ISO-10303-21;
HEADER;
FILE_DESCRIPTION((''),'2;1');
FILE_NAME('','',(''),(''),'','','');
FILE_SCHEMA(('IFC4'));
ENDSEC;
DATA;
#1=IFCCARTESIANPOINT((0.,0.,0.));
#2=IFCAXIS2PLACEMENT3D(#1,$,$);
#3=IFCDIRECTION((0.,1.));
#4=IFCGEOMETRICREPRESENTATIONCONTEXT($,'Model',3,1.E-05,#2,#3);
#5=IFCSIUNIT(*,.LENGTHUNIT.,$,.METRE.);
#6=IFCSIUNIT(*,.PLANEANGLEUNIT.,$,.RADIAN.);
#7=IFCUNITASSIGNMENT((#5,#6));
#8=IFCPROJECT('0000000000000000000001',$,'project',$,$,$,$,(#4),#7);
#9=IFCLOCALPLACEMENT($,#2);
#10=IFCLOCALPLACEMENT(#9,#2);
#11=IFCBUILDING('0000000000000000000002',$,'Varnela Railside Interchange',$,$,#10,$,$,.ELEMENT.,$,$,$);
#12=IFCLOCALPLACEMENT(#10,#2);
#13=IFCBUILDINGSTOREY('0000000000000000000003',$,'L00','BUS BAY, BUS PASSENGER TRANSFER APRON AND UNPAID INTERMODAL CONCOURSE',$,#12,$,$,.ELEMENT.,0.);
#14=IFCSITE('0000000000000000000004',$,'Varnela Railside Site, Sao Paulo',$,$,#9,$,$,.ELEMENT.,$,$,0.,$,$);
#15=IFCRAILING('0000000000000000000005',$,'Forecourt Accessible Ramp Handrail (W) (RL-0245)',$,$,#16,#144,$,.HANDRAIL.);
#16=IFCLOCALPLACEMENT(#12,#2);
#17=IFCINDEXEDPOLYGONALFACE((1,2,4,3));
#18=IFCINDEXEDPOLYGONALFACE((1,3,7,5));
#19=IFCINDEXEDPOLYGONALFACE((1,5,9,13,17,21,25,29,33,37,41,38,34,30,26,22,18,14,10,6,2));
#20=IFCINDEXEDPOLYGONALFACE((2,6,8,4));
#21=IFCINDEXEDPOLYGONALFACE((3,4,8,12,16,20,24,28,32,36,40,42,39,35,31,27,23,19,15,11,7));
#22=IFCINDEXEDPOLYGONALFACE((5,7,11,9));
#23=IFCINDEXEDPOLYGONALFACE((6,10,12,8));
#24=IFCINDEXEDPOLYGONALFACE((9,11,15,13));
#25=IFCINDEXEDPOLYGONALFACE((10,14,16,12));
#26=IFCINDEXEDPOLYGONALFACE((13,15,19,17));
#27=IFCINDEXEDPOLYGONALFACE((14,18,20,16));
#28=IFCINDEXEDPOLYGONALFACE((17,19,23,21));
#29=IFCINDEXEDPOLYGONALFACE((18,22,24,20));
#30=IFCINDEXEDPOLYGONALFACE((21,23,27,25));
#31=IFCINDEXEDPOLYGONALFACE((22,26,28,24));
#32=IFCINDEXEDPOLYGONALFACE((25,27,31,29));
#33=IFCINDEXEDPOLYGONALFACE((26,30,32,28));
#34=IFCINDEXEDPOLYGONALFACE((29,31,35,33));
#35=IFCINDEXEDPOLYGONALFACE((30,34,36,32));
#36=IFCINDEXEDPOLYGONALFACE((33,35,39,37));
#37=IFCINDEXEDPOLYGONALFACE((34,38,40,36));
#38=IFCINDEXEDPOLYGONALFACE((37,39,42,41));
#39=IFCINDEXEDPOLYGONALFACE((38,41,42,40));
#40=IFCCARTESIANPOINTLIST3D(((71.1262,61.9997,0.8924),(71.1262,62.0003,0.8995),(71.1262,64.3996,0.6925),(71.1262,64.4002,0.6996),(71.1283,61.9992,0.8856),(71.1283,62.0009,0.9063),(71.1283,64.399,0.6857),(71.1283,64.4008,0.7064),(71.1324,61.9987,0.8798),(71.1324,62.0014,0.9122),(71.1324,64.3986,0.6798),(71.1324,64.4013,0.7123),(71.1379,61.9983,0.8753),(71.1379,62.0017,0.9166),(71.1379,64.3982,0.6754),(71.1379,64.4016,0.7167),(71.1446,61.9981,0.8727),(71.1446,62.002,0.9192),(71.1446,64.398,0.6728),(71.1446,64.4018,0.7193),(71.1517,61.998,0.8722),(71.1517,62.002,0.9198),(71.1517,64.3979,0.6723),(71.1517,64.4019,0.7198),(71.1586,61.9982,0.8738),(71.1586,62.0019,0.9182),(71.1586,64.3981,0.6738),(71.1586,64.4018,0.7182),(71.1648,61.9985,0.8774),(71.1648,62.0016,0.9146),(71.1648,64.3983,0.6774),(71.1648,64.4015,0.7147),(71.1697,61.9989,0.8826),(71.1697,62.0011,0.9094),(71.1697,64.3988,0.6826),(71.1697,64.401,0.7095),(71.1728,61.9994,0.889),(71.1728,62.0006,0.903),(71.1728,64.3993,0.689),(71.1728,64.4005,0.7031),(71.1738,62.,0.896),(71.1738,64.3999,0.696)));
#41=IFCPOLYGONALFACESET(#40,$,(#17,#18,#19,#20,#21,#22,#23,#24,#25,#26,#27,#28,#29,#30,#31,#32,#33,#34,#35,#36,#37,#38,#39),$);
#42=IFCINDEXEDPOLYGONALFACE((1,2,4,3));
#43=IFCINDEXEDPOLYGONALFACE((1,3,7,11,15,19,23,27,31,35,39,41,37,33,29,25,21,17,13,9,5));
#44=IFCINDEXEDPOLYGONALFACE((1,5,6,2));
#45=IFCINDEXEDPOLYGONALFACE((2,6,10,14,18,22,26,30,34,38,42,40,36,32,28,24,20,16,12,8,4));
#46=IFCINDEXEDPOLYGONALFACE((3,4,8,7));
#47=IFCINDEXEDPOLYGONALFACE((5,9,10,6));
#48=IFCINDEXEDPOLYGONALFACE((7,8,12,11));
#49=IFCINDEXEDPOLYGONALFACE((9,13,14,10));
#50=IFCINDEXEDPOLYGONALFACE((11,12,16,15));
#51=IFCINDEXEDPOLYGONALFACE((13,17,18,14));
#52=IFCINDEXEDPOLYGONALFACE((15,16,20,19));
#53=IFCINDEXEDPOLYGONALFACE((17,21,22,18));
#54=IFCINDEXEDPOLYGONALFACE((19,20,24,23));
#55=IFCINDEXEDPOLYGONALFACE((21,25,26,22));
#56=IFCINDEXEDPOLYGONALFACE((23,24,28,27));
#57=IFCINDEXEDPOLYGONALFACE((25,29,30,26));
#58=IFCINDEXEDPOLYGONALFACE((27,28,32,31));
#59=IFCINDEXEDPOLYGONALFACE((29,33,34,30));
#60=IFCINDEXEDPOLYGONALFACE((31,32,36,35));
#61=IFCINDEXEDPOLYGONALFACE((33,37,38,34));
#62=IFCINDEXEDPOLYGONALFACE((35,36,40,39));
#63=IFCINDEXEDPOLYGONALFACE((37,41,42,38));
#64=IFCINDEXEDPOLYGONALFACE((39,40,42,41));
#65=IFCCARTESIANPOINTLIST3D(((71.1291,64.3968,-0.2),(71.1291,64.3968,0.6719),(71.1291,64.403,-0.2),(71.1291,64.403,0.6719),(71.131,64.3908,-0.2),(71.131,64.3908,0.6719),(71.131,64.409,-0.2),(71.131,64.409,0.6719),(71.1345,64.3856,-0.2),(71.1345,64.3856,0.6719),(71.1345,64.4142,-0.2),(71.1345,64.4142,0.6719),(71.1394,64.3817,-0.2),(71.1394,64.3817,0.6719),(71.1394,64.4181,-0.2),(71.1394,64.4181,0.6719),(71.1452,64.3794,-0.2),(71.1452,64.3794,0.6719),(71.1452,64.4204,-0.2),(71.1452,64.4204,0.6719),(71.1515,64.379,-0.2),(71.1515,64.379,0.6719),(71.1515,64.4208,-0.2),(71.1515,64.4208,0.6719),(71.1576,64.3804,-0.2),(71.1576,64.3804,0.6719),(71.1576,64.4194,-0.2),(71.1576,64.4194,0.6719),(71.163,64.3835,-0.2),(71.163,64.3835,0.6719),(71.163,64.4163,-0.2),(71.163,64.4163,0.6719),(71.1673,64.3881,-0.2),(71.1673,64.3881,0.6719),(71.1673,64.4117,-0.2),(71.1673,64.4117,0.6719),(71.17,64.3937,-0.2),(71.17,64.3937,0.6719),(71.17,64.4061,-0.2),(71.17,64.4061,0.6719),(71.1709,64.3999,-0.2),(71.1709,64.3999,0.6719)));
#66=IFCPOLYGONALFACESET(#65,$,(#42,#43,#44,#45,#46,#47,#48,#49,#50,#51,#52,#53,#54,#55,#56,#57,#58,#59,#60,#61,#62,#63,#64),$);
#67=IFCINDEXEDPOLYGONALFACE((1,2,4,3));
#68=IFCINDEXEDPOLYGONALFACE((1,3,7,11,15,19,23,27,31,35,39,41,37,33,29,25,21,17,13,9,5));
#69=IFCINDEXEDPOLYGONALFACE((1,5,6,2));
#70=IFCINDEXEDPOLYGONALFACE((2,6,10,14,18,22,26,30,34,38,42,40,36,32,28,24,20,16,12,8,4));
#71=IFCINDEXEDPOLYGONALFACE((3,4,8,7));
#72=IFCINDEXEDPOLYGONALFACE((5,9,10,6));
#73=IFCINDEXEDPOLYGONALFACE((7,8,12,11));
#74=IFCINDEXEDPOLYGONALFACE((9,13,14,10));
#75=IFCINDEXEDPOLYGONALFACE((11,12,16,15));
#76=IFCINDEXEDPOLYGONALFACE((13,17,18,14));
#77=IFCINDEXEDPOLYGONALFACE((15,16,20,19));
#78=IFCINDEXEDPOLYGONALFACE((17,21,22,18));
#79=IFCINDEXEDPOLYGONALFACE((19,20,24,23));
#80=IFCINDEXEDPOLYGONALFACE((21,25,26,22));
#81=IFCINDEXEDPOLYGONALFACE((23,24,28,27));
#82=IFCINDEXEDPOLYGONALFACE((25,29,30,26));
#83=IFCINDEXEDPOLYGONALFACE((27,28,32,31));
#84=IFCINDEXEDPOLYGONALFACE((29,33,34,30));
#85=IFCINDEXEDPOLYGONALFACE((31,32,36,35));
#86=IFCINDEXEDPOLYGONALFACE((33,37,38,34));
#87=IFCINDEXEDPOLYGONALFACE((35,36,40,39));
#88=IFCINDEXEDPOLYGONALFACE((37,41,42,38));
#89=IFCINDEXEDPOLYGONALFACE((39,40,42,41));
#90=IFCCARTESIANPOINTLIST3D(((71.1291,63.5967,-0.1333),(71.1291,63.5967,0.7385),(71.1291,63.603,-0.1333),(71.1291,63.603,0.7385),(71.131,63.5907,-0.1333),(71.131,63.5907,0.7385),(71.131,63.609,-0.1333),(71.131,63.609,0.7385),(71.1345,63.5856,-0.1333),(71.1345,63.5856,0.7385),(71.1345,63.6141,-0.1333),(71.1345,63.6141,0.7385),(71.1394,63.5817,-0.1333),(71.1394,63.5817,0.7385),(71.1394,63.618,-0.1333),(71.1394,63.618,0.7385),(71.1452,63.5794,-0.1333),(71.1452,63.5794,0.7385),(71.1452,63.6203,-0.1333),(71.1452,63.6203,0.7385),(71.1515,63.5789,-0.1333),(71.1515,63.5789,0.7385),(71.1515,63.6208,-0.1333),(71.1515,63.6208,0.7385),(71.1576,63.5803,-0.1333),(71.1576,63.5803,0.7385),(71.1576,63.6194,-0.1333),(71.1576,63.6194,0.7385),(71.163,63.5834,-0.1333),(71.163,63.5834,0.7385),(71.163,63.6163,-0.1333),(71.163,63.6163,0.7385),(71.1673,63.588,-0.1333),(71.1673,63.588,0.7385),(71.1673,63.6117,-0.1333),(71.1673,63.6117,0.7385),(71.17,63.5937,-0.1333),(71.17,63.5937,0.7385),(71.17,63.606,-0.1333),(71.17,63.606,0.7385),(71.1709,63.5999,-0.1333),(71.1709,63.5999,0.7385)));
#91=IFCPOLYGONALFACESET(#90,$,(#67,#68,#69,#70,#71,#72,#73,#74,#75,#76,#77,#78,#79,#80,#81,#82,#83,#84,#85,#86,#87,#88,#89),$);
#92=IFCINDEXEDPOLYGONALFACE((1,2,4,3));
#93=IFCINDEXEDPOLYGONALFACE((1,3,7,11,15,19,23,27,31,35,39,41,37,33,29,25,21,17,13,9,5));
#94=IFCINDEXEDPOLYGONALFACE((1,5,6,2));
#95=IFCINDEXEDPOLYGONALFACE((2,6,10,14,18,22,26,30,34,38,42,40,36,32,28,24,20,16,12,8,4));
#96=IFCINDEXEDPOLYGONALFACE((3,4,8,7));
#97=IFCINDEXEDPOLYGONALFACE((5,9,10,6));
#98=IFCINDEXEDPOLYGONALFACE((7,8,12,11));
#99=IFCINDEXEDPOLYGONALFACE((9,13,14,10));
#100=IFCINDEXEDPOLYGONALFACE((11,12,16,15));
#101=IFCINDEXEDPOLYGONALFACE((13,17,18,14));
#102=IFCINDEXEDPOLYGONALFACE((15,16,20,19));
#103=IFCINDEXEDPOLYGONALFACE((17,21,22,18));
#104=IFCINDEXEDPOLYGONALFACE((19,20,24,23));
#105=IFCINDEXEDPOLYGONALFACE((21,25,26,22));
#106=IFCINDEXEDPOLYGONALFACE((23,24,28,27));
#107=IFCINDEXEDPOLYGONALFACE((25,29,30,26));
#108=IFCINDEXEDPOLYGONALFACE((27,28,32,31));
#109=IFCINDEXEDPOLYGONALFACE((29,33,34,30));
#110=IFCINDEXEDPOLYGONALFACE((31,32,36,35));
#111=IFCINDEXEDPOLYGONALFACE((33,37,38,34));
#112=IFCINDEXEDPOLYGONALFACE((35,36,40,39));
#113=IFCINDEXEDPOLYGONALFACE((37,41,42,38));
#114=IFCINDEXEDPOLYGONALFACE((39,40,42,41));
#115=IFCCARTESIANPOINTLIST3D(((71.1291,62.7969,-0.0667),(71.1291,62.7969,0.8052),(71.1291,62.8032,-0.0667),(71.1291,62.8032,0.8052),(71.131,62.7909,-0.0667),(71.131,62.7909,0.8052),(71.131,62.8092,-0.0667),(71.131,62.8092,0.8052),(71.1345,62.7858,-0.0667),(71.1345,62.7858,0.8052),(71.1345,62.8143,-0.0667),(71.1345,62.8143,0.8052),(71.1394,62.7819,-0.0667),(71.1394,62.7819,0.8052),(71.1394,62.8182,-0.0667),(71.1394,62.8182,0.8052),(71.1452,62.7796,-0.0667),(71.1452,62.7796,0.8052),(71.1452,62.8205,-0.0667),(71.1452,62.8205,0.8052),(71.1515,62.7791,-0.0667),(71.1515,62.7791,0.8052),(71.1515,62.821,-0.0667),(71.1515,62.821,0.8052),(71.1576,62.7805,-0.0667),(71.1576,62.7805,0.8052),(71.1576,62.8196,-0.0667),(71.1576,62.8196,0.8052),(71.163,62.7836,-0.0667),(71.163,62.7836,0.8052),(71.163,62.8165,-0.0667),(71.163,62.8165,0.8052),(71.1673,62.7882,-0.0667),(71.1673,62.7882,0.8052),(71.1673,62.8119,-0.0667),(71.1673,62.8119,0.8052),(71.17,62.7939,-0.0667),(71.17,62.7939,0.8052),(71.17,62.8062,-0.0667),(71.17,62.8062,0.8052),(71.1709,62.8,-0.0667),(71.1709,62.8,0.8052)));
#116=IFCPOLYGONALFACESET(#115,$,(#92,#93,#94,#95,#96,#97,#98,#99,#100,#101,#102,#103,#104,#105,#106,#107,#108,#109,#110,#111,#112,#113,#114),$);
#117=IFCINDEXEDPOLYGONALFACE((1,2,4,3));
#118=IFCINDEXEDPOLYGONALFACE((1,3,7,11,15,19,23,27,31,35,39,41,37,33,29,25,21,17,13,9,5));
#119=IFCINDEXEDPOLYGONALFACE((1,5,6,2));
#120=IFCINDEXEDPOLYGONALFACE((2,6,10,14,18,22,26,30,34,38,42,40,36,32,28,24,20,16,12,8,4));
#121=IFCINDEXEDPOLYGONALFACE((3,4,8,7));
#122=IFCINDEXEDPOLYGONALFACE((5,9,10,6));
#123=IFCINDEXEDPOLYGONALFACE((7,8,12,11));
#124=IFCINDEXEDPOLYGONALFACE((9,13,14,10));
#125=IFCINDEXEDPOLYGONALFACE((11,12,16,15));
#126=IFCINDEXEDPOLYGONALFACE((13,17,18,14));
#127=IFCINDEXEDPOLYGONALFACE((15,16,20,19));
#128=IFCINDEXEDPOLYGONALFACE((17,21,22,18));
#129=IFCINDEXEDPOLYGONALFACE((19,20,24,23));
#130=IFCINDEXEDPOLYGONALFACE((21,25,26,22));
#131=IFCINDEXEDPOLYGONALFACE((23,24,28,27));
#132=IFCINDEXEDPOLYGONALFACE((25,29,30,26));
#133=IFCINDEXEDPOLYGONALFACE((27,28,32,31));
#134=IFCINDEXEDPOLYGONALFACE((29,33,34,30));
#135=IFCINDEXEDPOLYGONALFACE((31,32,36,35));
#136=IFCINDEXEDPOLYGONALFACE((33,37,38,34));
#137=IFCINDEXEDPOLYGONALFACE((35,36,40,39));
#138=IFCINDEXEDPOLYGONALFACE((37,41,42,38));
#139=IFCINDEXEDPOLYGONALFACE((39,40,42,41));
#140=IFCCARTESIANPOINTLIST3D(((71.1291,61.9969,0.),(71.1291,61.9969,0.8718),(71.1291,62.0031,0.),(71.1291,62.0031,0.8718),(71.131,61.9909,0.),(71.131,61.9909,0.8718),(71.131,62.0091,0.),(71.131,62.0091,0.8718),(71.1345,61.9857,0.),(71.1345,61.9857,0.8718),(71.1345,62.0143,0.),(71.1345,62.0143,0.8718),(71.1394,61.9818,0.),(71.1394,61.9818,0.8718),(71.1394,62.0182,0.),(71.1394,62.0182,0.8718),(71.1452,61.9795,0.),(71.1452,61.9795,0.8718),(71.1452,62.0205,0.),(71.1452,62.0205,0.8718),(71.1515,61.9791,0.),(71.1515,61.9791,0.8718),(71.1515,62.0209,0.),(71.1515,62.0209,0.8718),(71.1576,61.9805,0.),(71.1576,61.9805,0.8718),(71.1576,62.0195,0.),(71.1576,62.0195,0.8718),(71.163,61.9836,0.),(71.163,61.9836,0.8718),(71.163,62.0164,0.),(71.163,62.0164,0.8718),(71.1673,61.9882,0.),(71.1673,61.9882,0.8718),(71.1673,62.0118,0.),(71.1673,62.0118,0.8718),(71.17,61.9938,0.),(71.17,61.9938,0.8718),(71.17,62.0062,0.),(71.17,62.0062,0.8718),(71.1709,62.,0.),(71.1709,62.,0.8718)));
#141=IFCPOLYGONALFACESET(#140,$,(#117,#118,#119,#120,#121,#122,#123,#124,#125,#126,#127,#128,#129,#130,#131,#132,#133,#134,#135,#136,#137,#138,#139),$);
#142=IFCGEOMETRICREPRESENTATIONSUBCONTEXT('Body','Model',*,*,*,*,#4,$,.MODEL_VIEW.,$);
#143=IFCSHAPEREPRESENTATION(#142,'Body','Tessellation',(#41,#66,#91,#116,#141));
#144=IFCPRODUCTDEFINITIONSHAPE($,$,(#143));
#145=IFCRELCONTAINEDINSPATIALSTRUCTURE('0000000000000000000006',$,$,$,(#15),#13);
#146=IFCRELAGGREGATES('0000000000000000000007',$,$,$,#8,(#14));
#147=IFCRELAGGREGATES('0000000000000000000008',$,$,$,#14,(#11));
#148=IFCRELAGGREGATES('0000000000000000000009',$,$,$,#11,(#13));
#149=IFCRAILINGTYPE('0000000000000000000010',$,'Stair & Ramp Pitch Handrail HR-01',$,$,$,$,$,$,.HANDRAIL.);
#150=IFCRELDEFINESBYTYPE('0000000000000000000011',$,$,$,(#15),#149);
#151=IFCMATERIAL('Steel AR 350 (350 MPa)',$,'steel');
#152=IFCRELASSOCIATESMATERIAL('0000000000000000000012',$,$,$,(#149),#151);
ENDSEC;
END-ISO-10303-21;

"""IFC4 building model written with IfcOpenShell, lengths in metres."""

from ifc_helpers import new_model, si_unit, direction, frame, origin, origin_2d, place, context, subcontext, project, spatial, circle, extrude, material, type_object, element, save


model = new_model("IFC4")

# Units and contexts
model_context = context("Model", 3, precision=1e-05, world=origin(), true_north=direction((0.0, 1.0)))
body_context = subcontext(model_context, "Body", "Model", "MODEL_VIEW")
ifc_project = project(units=[si_unit("LENGTHUNIT", "METRE"), si_unit("PLANEANGLEUNIT", "RADIAN")], contexts=[model_context])

# Site, building, storey
site_placement = place(None, origin())
site = spatial("IfcSite", under=ifc_project, at=site_placement, Name="Varnela Railside Site, Sao Paulo", CompositionType="ELEMENT", RefElevation=0.0)
building_placement = place(site_placement, origin())
building = spatial("IfcBuilding", under=site, at=building_placement, Name="Varnela Railside Interchange", CompositionType="ELEMENT")
storey_placement = place(building_placement, origin())
storey = spatial("IfcBuildingStorey", under=building, at=storey_placement, Name="L00", Description="BUS BAY, BUS PASSENGER TRANSFER APRON AND UNPAID INTERMODAL CONCOURSE", CompositionType="ELEMENT", Elevation=0.0)

# Railing
ifc_material_1 = material(Name="Steel AR 350 (350 MPa)", Category="steel")
railing_type = type_object("IfcRailingType", Name="Stair & Ramp Pitch Handrail HR-01", PredefinedType="HANDRAIL", material=ifc_material_1)
railing_placement = place(storey_placement, frame((71.1499, 64.3999, -0.2)))
element("IfcRailing", 1, at=railing_placement, inside=storey, type_object=railing_type, Name="Forecourt Accessible Ramp Handrail (W) (RL-0245)", PredefinedType="HANDRAIL", context=body_context, shape_type="SweptSolid", body=[
    extrude(circle(Radius=0.0239, at=origin_2d()), frame((0.0, 0.0, 0.896), z_axis=(0.0, -0.996547, 0.083029), x_axis=(1.0, 0.0, 0.0)), (0.0, 0.0, 1.0), 2.4082),
    extrude(circle(Radius=0.021, at=origin_2d()), origin(), (0.0, 0.0, 1.0), 0.8718),
    extrude(circle(Radius=0.021, at=origin_2d()), frame((0.0, -0.8, 0.0667)), (0.0, 0.0, 1.0), 0.8718),
    extrude(circle(Radius=0.021, at=origin_2d()), frame((0.0, -1.5999, 0.1333)), (0.0, 0.0, 1.0), 0.8718),
    extrude(circle(Radius=0.021, at=origin_2d()), frame((0.0, -2.3999, 0.2)), (0.0, 0.0, 1.0), 0.8718),
])

save(model, "model.ifc")
